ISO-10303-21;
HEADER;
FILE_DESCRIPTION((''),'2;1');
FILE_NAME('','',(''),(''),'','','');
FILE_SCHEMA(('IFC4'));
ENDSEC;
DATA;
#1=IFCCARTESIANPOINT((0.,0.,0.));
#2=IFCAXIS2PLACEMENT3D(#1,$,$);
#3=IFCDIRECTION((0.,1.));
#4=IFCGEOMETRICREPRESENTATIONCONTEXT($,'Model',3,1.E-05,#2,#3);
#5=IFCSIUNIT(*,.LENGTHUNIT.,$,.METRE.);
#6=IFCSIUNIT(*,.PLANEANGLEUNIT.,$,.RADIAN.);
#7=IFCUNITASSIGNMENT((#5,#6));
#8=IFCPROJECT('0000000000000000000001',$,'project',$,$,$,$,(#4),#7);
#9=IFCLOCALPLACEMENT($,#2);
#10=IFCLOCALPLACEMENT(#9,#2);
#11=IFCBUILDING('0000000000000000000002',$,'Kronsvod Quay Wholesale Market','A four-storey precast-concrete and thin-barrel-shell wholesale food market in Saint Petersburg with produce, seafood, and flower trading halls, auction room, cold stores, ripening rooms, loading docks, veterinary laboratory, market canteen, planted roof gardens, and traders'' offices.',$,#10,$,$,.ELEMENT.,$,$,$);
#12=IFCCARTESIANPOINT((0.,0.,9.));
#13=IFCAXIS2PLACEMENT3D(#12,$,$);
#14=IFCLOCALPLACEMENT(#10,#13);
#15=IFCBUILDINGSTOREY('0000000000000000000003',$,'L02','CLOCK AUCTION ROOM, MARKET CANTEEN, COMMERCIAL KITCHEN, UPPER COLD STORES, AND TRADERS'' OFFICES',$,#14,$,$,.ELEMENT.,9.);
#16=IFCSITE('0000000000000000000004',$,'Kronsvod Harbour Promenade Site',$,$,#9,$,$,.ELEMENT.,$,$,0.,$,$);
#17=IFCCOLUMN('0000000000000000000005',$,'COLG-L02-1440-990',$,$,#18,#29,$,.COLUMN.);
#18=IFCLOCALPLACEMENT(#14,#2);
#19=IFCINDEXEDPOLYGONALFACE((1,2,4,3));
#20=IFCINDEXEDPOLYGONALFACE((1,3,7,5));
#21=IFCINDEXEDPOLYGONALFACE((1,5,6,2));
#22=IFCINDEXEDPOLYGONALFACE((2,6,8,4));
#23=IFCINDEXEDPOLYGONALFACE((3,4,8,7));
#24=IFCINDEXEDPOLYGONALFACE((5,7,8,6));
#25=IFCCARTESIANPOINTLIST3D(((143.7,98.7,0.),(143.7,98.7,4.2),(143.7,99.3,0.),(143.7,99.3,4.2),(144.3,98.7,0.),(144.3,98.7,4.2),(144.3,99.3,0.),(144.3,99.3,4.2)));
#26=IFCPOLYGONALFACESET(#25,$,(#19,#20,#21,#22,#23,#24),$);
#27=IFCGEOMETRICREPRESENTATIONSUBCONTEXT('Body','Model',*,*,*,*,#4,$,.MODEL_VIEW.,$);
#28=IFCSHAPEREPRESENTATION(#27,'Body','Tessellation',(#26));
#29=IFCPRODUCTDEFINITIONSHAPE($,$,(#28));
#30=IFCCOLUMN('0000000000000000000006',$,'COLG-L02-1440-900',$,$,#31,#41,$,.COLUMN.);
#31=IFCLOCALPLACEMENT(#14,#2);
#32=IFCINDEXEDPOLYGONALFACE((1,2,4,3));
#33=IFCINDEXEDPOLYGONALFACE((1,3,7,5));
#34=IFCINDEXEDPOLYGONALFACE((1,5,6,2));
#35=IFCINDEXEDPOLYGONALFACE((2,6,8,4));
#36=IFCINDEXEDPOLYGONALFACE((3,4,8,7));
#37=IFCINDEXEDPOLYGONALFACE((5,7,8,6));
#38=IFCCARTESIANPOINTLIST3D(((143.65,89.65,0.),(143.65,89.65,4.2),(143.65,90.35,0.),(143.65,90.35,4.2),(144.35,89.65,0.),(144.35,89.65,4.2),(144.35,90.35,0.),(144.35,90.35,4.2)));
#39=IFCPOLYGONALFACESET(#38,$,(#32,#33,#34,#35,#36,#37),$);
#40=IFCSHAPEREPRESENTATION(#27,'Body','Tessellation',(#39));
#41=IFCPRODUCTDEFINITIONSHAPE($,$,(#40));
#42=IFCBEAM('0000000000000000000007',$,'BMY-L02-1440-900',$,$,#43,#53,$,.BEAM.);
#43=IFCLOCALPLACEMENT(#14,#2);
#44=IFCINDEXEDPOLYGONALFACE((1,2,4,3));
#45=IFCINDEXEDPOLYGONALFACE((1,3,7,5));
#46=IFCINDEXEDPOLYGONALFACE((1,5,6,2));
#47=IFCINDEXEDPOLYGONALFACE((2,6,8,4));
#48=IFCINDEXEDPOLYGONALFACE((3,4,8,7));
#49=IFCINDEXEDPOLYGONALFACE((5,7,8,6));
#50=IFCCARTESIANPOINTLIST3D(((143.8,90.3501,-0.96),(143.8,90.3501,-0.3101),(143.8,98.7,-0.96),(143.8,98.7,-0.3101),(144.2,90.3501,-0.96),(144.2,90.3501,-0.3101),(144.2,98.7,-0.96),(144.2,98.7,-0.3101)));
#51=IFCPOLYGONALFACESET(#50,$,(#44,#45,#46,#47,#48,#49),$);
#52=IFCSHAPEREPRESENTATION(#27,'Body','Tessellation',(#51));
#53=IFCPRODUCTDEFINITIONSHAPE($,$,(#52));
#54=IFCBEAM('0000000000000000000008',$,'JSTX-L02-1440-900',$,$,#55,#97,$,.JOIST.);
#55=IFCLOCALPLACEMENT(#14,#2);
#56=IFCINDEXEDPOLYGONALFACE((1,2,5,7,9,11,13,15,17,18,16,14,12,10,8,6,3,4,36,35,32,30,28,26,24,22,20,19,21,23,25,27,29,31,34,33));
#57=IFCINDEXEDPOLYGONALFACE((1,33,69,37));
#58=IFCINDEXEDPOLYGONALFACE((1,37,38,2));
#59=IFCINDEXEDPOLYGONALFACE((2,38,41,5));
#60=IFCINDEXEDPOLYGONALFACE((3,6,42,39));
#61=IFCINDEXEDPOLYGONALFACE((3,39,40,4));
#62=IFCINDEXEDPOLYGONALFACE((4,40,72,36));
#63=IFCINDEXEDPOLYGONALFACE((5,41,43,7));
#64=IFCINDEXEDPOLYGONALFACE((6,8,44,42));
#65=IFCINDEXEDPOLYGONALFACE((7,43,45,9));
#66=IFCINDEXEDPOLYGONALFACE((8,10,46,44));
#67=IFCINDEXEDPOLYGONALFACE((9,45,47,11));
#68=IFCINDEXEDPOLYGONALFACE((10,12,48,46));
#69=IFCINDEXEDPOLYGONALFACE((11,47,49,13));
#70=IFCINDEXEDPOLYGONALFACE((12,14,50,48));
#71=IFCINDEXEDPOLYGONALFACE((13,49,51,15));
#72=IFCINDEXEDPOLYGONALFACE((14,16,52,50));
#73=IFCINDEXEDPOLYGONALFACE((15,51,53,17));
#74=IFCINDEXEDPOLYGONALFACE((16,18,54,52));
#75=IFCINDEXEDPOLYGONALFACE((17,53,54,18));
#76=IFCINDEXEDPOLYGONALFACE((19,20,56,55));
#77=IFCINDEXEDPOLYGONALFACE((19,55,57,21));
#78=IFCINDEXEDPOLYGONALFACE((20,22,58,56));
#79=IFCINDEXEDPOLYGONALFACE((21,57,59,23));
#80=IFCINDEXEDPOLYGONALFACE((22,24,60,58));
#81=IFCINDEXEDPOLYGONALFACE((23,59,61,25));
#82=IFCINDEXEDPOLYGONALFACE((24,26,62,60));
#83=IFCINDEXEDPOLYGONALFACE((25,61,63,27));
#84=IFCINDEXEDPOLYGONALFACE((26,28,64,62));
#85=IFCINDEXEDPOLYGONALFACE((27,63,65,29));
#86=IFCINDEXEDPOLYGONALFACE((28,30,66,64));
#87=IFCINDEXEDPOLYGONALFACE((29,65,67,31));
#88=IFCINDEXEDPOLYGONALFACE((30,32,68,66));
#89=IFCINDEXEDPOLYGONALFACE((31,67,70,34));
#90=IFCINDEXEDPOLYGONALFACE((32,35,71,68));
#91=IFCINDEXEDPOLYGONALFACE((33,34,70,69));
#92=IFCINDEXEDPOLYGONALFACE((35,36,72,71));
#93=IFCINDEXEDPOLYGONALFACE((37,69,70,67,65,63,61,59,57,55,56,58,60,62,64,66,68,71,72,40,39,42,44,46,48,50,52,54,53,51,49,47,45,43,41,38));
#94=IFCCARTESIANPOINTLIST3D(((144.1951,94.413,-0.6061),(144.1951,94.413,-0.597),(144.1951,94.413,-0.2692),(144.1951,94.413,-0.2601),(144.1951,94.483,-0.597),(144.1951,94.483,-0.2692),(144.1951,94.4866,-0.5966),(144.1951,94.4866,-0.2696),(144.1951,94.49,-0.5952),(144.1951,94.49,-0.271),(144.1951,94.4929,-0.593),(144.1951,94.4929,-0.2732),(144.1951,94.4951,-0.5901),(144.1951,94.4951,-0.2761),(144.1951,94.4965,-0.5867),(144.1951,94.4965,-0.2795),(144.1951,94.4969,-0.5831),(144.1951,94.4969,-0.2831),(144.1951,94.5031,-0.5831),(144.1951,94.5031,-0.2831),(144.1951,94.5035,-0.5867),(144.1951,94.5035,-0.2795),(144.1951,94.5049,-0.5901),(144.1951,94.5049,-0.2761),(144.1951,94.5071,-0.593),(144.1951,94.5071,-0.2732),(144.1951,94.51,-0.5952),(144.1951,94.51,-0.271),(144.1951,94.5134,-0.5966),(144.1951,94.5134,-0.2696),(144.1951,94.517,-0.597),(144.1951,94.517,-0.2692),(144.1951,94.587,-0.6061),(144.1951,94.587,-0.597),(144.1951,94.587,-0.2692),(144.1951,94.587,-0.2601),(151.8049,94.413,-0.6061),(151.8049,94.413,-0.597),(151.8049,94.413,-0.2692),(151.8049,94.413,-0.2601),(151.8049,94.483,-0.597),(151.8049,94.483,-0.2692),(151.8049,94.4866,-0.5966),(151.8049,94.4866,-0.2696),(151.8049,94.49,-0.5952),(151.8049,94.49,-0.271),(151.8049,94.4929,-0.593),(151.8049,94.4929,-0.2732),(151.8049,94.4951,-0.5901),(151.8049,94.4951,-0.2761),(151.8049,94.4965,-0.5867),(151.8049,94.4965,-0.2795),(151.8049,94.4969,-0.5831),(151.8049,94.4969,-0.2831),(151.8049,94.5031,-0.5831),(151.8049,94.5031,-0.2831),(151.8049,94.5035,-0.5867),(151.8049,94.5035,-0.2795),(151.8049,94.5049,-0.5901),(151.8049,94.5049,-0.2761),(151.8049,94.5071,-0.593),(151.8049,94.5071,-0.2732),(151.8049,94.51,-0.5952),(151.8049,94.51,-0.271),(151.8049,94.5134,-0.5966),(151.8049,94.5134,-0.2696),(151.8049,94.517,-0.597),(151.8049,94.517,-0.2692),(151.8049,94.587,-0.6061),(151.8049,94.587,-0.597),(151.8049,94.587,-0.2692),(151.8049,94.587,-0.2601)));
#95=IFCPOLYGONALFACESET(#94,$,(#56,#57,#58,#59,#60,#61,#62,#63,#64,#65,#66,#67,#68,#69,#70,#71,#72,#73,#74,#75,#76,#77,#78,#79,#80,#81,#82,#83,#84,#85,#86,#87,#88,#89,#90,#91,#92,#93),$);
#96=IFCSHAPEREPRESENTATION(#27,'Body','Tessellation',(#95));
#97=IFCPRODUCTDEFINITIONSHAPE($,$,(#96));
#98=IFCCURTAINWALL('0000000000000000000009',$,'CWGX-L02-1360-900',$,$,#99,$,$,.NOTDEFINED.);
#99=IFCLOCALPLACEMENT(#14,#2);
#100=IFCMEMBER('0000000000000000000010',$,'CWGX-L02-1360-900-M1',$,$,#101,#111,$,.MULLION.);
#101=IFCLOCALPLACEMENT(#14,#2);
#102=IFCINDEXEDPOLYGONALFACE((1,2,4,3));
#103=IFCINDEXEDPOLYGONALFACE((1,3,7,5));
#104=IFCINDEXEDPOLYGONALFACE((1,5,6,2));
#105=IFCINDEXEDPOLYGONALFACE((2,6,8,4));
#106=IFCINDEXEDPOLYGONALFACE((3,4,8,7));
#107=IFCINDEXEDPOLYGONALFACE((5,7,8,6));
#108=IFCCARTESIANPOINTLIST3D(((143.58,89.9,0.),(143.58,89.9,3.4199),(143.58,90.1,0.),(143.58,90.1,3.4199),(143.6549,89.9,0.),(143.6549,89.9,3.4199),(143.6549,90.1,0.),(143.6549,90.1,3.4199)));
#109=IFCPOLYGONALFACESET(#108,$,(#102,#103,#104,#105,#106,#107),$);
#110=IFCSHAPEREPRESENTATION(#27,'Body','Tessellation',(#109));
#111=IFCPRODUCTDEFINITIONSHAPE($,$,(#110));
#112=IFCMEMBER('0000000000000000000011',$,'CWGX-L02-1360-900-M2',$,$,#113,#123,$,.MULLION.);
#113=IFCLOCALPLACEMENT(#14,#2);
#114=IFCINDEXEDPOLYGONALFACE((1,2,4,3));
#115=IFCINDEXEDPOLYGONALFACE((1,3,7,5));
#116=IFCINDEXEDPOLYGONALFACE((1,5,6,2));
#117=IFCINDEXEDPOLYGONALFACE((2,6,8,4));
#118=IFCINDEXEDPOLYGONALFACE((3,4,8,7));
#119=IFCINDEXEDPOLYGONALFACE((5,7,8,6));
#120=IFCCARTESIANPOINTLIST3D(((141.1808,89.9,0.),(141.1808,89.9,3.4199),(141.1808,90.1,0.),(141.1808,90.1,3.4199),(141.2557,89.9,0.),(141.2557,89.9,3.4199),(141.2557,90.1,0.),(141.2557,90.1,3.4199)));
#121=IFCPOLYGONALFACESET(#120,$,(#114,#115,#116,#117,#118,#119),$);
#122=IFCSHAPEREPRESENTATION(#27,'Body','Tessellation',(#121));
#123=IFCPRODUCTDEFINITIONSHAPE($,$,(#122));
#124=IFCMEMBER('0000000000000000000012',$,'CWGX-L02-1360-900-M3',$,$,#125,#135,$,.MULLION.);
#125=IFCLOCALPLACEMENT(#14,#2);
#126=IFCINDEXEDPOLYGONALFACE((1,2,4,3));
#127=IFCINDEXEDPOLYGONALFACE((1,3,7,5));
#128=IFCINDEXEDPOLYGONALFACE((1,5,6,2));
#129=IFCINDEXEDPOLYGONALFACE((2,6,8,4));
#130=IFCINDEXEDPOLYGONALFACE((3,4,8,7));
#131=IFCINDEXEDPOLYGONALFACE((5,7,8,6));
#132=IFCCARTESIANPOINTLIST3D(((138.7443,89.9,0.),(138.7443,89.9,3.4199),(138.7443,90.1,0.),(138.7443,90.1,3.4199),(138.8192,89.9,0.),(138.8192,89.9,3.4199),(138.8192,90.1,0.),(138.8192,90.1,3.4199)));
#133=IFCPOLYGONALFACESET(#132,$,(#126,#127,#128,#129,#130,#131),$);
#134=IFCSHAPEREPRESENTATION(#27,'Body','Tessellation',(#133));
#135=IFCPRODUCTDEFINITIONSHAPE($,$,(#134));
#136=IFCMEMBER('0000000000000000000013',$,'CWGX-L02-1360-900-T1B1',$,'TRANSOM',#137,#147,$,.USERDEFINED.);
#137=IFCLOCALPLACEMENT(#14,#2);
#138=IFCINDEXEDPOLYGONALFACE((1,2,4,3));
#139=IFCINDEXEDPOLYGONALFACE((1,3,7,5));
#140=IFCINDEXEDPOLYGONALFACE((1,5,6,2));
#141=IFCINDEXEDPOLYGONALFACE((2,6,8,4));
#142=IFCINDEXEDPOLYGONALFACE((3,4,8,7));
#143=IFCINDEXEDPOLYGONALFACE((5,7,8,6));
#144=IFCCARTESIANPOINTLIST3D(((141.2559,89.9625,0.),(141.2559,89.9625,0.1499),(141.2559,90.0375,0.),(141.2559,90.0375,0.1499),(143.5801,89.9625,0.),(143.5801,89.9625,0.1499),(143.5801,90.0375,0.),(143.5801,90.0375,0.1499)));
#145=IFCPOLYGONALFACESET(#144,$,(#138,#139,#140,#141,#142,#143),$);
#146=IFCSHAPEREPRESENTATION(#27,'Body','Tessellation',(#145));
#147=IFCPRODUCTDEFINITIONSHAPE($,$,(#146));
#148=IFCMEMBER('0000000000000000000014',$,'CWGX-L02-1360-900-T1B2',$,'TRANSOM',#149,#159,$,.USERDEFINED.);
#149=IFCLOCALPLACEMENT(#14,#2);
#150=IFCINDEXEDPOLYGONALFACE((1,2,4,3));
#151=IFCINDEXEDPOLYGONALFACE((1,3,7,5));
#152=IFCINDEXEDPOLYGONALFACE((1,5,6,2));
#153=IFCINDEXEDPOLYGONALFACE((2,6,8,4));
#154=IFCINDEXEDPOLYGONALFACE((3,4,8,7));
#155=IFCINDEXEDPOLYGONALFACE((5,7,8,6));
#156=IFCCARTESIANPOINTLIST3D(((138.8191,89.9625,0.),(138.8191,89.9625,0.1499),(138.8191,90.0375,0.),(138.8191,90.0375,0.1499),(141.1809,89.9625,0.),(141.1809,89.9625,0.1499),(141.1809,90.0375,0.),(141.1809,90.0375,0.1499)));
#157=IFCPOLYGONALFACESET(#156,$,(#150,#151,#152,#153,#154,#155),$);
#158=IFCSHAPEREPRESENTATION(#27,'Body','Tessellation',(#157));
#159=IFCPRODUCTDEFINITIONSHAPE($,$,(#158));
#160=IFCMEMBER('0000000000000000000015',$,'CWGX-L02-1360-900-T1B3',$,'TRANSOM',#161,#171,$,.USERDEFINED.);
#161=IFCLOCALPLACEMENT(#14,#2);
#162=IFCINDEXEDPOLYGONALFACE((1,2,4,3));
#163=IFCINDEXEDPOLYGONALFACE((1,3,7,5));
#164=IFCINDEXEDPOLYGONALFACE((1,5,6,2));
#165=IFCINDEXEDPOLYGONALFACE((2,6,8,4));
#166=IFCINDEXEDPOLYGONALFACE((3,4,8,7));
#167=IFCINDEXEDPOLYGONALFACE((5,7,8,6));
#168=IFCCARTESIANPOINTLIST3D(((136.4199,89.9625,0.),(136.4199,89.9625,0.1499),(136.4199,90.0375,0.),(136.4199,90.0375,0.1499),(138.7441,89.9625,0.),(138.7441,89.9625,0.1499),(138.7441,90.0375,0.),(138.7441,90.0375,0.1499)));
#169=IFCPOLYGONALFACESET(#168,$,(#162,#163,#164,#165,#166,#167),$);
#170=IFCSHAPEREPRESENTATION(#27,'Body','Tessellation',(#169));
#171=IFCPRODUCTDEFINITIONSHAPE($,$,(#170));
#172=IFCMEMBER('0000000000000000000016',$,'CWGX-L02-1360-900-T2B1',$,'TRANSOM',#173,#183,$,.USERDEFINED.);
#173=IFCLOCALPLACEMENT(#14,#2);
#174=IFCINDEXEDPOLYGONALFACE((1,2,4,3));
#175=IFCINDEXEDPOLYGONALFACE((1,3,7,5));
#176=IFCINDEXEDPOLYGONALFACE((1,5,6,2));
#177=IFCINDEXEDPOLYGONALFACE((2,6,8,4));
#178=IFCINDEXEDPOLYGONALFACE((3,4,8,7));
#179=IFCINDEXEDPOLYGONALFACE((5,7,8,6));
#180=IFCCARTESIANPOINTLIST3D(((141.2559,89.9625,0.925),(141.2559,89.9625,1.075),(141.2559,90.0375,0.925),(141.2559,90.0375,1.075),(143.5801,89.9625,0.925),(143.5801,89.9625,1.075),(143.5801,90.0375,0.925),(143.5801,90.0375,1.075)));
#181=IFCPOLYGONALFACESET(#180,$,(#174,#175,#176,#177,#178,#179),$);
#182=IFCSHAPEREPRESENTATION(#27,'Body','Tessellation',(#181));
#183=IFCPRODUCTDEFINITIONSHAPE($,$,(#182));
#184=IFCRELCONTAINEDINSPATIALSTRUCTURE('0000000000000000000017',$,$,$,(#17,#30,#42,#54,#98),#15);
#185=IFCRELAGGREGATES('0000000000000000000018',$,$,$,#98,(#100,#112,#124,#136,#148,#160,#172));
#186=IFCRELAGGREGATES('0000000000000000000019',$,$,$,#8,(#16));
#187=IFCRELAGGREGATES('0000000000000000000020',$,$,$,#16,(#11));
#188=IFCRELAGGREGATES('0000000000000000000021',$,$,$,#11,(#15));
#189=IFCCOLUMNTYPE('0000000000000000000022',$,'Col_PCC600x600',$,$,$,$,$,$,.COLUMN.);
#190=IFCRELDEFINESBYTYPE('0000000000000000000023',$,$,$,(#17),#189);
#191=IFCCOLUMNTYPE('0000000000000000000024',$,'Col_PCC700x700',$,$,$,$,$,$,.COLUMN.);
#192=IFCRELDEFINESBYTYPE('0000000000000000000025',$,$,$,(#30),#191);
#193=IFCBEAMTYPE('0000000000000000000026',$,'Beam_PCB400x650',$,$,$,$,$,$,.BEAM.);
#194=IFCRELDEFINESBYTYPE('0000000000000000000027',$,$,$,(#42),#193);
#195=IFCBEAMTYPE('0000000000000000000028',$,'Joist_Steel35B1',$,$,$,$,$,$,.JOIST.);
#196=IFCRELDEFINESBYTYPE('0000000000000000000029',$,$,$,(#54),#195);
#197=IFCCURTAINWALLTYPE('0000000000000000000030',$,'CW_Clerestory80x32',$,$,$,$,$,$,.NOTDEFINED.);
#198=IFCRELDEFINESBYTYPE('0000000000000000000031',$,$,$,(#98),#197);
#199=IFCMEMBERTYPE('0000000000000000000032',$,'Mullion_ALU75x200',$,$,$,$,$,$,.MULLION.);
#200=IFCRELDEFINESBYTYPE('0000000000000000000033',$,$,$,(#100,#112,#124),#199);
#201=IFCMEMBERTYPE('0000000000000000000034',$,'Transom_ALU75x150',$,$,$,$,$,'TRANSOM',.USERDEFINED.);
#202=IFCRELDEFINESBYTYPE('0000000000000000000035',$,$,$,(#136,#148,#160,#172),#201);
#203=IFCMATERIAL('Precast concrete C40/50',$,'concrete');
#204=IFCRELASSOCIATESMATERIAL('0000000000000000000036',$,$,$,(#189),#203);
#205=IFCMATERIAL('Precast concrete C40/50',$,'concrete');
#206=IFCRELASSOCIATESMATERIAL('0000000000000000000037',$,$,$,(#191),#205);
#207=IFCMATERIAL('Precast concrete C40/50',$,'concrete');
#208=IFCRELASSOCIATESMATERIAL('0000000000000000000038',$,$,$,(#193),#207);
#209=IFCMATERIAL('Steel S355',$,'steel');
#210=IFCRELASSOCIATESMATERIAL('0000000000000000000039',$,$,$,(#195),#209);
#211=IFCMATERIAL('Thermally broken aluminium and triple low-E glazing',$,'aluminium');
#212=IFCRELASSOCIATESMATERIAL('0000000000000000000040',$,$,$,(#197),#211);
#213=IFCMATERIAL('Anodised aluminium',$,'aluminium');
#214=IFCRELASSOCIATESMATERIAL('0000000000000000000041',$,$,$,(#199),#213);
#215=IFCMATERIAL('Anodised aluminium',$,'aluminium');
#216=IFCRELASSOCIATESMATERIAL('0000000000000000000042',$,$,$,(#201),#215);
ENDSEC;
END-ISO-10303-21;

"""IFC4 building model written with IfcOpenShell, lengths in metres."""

from ifc_helpers import new_model, si_unit, direction, frame, origin, origin_2d, place, context, subcontext, project, spatial, rectangle, i_section, extrude, material, material_profile, profile_set, type_object, element, aggregate, save


model = new_model("IFC4")

# Units and contexts
model_context = context("Model", 3, precision=1e-05, world=origin(), true_north=direction((0.0, 1.0)))
body_context = subcontext(model_context, "Body", "Model", "MODEL_VIEW")
ifc_project = project(units=[si_unit("LENGTHUNIT", "METRE"), si_unit("PLANEANGLEUNIT", "RADIAN")], contexts=[model_context])

# Site, building, storey
site_placement = place(None, origin())
site = spatial("IfcSite", under=ifc_project, at=site_placement, Name="Kronsvod Harbour Promenade Site", CompositionType="ELEMENT", RefElevation=0.0)
building_placement = place(site_placement, origin())
building = spatial("IfcBuilding", under=site, at=building_placement, Name="Kronsvod Quay Wholesale Market", Description="A four-storey precast-concrete and thin-barrel-shell wholesale food market in Saint Petersburg with produce, seafood, and flower trading halls, auction room, cold stores, ripening rooms, loading docks, veterinary laboratory, market canteen, planted roof gardens, and traders' offices.", CompositionType="ELEMENT")
storey_placement = place(building_placement, frame((0.0, 0.0, 9.0)))
storey = spatial("IfcBuildingStorey", under=building, at=storey_placement, Name="L02", Description="CLOCK AUCTION ROOM, MARKET CANTEEN, COMMERCIAL KITCHEN, UPPER COLD STORES, AND TRADERS' OFFICES", CompositionType="ELEMENT", Elevation=9.0)

# Columns
ifc_material_1 = material(Name="Precast concrete C40/50", Category="concrete")
ifc_material_profile_1 = material_profile(ifc_material_1, rectangle(XDim=0.6001, YDim=0.6001, at=origin_2d()), Name="PCC600x600")
ifc_profile_set_1 = profile_set([ifc_material_profile_1], Name="Precast concrete C40/50")
column_type_1 = type_object("IfcColumnType", Name="Col_PCC600x600", PredefinedType="COLUMN", material=ifc_profile_set_1)
column_1_placement = place(storey_placement, frame((144.0, 99.0, 0.0), z_axis=(0.0, 0.0, 1.0), x_axis=(1.0, 0.0, 0.0)))
element("IfcColumn", 1, at=column_1_placement, inside=storey, type_object=column_type_1, Name="COLG-L02-1440-990", PredefinedType="COLUMN", context=body_context, shape_type="SweptSolid", body=[
    extrude(rectangle(XDim=0.6001, YDim=0.6001, at=origin_2d()), origin(), (0.0, 0.0, 1.0), 4.2),
])
ifc_material_2 = material(Name="Precast concrete C40/50", Category="concrete")
ifc_material_profile_2 = material_profile(ifc_material_2, rectangle(XDim=0.7, YDim=0.7, at=origin_2d()), Name="PCC700x700")
ifc_profile_set_2 = profile_set([ifc_material_profile_2], Name="Precast concrete C40/50")
column_type_2 = type_object("IfcColumnType", Name="Col_PCC700x700", PredefinedType="COLUMN", material=ifc_profile_set_2)
column_2_placement = place(storey_placement, frame((144.0, 90.0, 0.0), z_axis=(0.0, 0.0, 1.0), x_axis=(1.0, 0.0, 0.0)))
element("IfcColumn", 2, at=column_2_placement, inside=storey, type_object=column_type_2, Name="COLG-L02-1440-900", PredefinedType="COLUMN", context=body_context, shape_type="SweptSolid", body=[
    extrude(rectangle(XDim=0.7, YDim=0.7, at=origin_2d()), origin(), (0.0, 0.0, 1.0), 4.2),
])

# Beams
ifc_material_3 = material(Name="Precast concrete C40/50", Category="concrete")
ifc_material_profile_3 = material_profile(ifc_material_3, rectangle(XDim=0.3999, YDim=0.6499, at=origin_2d()), Name="PCB400x650")
ifc_profile_set_3 = profile_set([ifc_material_profile_3], Name="Precast concrete C40/50")
beam_type_1 = type_object("IfcBeamType", Name="Beam_PCB400x650", PredefinedType="BEAM", material=ifc_profile_set_3)
beam_1_placement = place(storey_placement, frame((144.0, 90.3501, -0.635), z_axis=(0.0, 1.0, 0.0), x_axis=(-1.0, 0.0, 0.0)))
element("IfcBeam", 3, at=beam_1_placement, inside=storey, type_object=beam_type_1, Name="BMY-L02-1440-900", PredefinedType="BEAM", context=body_context, shape_type="SweptSolid", body=[
    extrude(rectangle(XDim=0.3999, YDim=0.6499, at=origin_2d()), origin(), (0.0, 0.0, 1.0), 8.3499),
])
ifc_material_4 = material(Name="Steel S355", Category="steel")
ifc_material_profile_4 = material_profile(ifc_material_4, i_section(OverallWidth=0.1741, OverallDepth=0.3459, WebThickness=0.0061, FlangeThickness=0.009, FilletRadius=0.0139, at=origin_2d()), Name="35B1")
ifc_profile_set_4 = profile_set([ifc_material_profile_4], Name="Steel S355")
beam_type_2 = type_object("IfcBeamType", Name="Joist_Steel35B1", PredefinedType="JOIST", material=ifc_profile_set_4)
beam_2_placement = place(storey_placement, frame((144.1951, 94.5, -0.4331), z_axis=(1.0, 0.0, 0.0), x_axis=(0.0, 1.0, 0.0)))
element("IfcBeam", 4, at=beam_2_placement, inside=storey, type_object=beam_type_2, Name="JSTX-L02-1440-900", PredefinedType="JOIST", context=body_context, shape_type="SweptSolid", body=[
    extrude(i_section(OverallWidth=0.1741, OverallDepth=0.3459, WebThickness=0.0061, FlangeThickness=0.009, FilletRadius=0.0139, at=origin_2d()), origin(), (0.0, 0.0, 1.0), 7.6099),
])

# Curtain wall, members
ifc_material_5 = material(Name="Thermally broken aluminium and triple low-E glazing", Category="aluminium")
curtain_wall_type = type_object("IfcCurtainWallType", Name="CW_Clerestory80x32", PredefinedType="NOTDEFINED", material=ifc_material_5)
curtain_wall_placement = place(storey_placement, origin())
curtain_wall = element("IfcCurtainWall", 5, at=curtain_wall_placement, inside=storey, type_object=curtain_wall_type, Name="CWGX-L02-1360-900", PredefinedType="NOTDEFINED")
ifc_material_6 = material(Name="Anodised aluminium", Category="aluminium")
ifc_material_profile_5 = material_profile(ifc_material_6, rectangle(XDim=0.075, YDim=0.2, at=origin_2d()), Name="ALUM75x200")
ifc_profile_set_5 = profile_set([ifc_material_profile_5], Name="Anodised aluminium")
member_type_1 = type_object("IfcMemberType", Name="Mullion_ALU75x200", PredefinedType="MULLION", material=ifc_profile_set_5)
member_1_placement = place(storey_placement, frame((143.6174, 90.0, 0.0), z_axis=(0.0, 0.0, 1.0), x_axis=(1.0, 0.0, 0.0)))
member_1 = element("IfcMember", 6, at=member_1_placement, type_object=member_type_1, Name="CWGX-L02-1360-900-M1", PredefinedType="MULLION", context=body_context, shape_type="SweptSolid", body=[
    extrude(rectangle(XDim=0.075, YDim=0.2, at=origin_2d()), origin(), (0.0, 0.0, 1.0), 3.4199),
])
member_2_placement = place(storey_placement, frame((141.2183, 90.0, 0.0), z_axis=(0.0, 0.0, 1.0), x_axis=(1.0, 0.0, 0.0)))
member_2 = element("IfcMember", 7, at=member_2_placement, type_object=member_type_1, Name="CWGX-L02-1360-900-M2", PredefinedType="MULLION", context=body_context, shape_type="SweptSolid", body=[
    extrude(rectangle(XDim=0.075, YDim=0.2, at=origin_2d()), origin(), (0.0, 0.0, 1.0), 3.4199),
])
member_3_placement = place(storey_placement, frame((138.7817, 90.0, 0.0), z_axis=(0.0, 0.0, 1.0), x_axis=(1.0, 0.0, 0.0)))
member_3 = element("IfcMember", 8, at=member_3_placement, type_object=member_type_1, Name="CWGX-L02-1360-900-M3", PredefinedType="MULLION", context=body_context, shape_type="SweptSolid", body=[
    extrude(rectangle(XDim=0.075, YDim=0.2, at=origin_2d()), origin(), (0.0, 0.0, 1.0), 3.4199),
])
ifc_material_7 = material(Name="Anodised aluminium", Category="aluminium")
ifc_material_profile_6 = material_profile(ifc_material_7, rectangle(XDim=0.075, YDim=0.1499, at=origin_2d()), Name="ALUT75x150")
ifc_profile_set_6 = profile_set([ifc_material_profile_6], Name="Anodised aluminium")
member_type_2 = type_object("IfcMemberType", Name="Transom_ALU75x150", ElementType="TRANSOM", PredefinedType="USERDEFINED", material=ifc_profile_set_6)
member_4_placement = place(storey_placement, frame((143.5801, 90.0, 0.075), z_axis=(-1.0, 0.0, 0.0), x_axis=(0.0, -1.0, 0.0)))
member_4 = element("IfcMember", 9, at=member_4_placement, type_object=member_type_2, Name="CWGX-L02-1360-900-T1B1", ObjectType="TRANSOM", PredefinedType="USERDEFINED", context=body_context, shape_type="SweptSolid", body=[
    extrude(rectangle(XDim=0.075, YDim=0.1499, at=origin_2d()), origin(), (0.0, 0.0, 1.0), 2.3242),
])
member_5_placement = place(storey_placement, frame((141.1809, 90.0, 0.075), z_axis=(-1.0, 0.0, 0.0), x_axis=(0.0, -1.0, 0.0)))
member_5 = element("IfcMember", 10, at=member_5_placement, type_object=member_type_2, Name="CWGX-L02-1360-900-T1B2", ObjectType="TRANSOM", PredefinedType="USERDEFINED", context=body_context, shape_type="SweptSolid", body=[
    extrude(rectangle(XDim=0.075, YDim=0.1499, at=origin_2d()), origin(), (0.0, 0.0, 1.0), 2.3618),
])
member_6_placement = place(storey_placement, frame((138.7441, 90.0, 0.075), z_axis=(-1.0, 0.0, 0.0), x_axis=(0.0, -1.0, 0.0)))
member_6 = element("IfcMember", 11, at=member_6_placement, type_object=member_type_2, Name="CWGX-L02-1360-900-T1B3", ObjectType="TRANSOM", PredefinedType="USERDEFINED", context=body_context, shape_type="SweptSolid", body=[
    extrude(rectangle(XDim=0.075, YDim=0.1499, at=origin_2d()), origin(), (0.0, 0.0, 1.0), 2.3242),
])
member_7_placement = place(storey_placement, frame((143.5801, 90.0, 1.0), z_axis=(-1.0, 0.0, 0.0), x_axis=(0.0, -1.0, 0.0)))
member_7 = element("IfcMember", 12, at=member_7_placement, type_object=member_type_2, Name="CWGX-L02-1360-900-T2B1", ObjectType="TRANSOM", PredefinedType="USERDEFINED", context=body_context, shape_type="SweptSolid", body=[
    extrude(rectangle(XDim=0.075, YDim=0.1499, at=origin_2d()), origin(), (0.0, 0.0, 1.0), 2.3242),
])
aggregate(curtain_wall, [member_1, member_2, member_3, member_4, member_5, member_6, member_7])

save(model, "model.ifc")
